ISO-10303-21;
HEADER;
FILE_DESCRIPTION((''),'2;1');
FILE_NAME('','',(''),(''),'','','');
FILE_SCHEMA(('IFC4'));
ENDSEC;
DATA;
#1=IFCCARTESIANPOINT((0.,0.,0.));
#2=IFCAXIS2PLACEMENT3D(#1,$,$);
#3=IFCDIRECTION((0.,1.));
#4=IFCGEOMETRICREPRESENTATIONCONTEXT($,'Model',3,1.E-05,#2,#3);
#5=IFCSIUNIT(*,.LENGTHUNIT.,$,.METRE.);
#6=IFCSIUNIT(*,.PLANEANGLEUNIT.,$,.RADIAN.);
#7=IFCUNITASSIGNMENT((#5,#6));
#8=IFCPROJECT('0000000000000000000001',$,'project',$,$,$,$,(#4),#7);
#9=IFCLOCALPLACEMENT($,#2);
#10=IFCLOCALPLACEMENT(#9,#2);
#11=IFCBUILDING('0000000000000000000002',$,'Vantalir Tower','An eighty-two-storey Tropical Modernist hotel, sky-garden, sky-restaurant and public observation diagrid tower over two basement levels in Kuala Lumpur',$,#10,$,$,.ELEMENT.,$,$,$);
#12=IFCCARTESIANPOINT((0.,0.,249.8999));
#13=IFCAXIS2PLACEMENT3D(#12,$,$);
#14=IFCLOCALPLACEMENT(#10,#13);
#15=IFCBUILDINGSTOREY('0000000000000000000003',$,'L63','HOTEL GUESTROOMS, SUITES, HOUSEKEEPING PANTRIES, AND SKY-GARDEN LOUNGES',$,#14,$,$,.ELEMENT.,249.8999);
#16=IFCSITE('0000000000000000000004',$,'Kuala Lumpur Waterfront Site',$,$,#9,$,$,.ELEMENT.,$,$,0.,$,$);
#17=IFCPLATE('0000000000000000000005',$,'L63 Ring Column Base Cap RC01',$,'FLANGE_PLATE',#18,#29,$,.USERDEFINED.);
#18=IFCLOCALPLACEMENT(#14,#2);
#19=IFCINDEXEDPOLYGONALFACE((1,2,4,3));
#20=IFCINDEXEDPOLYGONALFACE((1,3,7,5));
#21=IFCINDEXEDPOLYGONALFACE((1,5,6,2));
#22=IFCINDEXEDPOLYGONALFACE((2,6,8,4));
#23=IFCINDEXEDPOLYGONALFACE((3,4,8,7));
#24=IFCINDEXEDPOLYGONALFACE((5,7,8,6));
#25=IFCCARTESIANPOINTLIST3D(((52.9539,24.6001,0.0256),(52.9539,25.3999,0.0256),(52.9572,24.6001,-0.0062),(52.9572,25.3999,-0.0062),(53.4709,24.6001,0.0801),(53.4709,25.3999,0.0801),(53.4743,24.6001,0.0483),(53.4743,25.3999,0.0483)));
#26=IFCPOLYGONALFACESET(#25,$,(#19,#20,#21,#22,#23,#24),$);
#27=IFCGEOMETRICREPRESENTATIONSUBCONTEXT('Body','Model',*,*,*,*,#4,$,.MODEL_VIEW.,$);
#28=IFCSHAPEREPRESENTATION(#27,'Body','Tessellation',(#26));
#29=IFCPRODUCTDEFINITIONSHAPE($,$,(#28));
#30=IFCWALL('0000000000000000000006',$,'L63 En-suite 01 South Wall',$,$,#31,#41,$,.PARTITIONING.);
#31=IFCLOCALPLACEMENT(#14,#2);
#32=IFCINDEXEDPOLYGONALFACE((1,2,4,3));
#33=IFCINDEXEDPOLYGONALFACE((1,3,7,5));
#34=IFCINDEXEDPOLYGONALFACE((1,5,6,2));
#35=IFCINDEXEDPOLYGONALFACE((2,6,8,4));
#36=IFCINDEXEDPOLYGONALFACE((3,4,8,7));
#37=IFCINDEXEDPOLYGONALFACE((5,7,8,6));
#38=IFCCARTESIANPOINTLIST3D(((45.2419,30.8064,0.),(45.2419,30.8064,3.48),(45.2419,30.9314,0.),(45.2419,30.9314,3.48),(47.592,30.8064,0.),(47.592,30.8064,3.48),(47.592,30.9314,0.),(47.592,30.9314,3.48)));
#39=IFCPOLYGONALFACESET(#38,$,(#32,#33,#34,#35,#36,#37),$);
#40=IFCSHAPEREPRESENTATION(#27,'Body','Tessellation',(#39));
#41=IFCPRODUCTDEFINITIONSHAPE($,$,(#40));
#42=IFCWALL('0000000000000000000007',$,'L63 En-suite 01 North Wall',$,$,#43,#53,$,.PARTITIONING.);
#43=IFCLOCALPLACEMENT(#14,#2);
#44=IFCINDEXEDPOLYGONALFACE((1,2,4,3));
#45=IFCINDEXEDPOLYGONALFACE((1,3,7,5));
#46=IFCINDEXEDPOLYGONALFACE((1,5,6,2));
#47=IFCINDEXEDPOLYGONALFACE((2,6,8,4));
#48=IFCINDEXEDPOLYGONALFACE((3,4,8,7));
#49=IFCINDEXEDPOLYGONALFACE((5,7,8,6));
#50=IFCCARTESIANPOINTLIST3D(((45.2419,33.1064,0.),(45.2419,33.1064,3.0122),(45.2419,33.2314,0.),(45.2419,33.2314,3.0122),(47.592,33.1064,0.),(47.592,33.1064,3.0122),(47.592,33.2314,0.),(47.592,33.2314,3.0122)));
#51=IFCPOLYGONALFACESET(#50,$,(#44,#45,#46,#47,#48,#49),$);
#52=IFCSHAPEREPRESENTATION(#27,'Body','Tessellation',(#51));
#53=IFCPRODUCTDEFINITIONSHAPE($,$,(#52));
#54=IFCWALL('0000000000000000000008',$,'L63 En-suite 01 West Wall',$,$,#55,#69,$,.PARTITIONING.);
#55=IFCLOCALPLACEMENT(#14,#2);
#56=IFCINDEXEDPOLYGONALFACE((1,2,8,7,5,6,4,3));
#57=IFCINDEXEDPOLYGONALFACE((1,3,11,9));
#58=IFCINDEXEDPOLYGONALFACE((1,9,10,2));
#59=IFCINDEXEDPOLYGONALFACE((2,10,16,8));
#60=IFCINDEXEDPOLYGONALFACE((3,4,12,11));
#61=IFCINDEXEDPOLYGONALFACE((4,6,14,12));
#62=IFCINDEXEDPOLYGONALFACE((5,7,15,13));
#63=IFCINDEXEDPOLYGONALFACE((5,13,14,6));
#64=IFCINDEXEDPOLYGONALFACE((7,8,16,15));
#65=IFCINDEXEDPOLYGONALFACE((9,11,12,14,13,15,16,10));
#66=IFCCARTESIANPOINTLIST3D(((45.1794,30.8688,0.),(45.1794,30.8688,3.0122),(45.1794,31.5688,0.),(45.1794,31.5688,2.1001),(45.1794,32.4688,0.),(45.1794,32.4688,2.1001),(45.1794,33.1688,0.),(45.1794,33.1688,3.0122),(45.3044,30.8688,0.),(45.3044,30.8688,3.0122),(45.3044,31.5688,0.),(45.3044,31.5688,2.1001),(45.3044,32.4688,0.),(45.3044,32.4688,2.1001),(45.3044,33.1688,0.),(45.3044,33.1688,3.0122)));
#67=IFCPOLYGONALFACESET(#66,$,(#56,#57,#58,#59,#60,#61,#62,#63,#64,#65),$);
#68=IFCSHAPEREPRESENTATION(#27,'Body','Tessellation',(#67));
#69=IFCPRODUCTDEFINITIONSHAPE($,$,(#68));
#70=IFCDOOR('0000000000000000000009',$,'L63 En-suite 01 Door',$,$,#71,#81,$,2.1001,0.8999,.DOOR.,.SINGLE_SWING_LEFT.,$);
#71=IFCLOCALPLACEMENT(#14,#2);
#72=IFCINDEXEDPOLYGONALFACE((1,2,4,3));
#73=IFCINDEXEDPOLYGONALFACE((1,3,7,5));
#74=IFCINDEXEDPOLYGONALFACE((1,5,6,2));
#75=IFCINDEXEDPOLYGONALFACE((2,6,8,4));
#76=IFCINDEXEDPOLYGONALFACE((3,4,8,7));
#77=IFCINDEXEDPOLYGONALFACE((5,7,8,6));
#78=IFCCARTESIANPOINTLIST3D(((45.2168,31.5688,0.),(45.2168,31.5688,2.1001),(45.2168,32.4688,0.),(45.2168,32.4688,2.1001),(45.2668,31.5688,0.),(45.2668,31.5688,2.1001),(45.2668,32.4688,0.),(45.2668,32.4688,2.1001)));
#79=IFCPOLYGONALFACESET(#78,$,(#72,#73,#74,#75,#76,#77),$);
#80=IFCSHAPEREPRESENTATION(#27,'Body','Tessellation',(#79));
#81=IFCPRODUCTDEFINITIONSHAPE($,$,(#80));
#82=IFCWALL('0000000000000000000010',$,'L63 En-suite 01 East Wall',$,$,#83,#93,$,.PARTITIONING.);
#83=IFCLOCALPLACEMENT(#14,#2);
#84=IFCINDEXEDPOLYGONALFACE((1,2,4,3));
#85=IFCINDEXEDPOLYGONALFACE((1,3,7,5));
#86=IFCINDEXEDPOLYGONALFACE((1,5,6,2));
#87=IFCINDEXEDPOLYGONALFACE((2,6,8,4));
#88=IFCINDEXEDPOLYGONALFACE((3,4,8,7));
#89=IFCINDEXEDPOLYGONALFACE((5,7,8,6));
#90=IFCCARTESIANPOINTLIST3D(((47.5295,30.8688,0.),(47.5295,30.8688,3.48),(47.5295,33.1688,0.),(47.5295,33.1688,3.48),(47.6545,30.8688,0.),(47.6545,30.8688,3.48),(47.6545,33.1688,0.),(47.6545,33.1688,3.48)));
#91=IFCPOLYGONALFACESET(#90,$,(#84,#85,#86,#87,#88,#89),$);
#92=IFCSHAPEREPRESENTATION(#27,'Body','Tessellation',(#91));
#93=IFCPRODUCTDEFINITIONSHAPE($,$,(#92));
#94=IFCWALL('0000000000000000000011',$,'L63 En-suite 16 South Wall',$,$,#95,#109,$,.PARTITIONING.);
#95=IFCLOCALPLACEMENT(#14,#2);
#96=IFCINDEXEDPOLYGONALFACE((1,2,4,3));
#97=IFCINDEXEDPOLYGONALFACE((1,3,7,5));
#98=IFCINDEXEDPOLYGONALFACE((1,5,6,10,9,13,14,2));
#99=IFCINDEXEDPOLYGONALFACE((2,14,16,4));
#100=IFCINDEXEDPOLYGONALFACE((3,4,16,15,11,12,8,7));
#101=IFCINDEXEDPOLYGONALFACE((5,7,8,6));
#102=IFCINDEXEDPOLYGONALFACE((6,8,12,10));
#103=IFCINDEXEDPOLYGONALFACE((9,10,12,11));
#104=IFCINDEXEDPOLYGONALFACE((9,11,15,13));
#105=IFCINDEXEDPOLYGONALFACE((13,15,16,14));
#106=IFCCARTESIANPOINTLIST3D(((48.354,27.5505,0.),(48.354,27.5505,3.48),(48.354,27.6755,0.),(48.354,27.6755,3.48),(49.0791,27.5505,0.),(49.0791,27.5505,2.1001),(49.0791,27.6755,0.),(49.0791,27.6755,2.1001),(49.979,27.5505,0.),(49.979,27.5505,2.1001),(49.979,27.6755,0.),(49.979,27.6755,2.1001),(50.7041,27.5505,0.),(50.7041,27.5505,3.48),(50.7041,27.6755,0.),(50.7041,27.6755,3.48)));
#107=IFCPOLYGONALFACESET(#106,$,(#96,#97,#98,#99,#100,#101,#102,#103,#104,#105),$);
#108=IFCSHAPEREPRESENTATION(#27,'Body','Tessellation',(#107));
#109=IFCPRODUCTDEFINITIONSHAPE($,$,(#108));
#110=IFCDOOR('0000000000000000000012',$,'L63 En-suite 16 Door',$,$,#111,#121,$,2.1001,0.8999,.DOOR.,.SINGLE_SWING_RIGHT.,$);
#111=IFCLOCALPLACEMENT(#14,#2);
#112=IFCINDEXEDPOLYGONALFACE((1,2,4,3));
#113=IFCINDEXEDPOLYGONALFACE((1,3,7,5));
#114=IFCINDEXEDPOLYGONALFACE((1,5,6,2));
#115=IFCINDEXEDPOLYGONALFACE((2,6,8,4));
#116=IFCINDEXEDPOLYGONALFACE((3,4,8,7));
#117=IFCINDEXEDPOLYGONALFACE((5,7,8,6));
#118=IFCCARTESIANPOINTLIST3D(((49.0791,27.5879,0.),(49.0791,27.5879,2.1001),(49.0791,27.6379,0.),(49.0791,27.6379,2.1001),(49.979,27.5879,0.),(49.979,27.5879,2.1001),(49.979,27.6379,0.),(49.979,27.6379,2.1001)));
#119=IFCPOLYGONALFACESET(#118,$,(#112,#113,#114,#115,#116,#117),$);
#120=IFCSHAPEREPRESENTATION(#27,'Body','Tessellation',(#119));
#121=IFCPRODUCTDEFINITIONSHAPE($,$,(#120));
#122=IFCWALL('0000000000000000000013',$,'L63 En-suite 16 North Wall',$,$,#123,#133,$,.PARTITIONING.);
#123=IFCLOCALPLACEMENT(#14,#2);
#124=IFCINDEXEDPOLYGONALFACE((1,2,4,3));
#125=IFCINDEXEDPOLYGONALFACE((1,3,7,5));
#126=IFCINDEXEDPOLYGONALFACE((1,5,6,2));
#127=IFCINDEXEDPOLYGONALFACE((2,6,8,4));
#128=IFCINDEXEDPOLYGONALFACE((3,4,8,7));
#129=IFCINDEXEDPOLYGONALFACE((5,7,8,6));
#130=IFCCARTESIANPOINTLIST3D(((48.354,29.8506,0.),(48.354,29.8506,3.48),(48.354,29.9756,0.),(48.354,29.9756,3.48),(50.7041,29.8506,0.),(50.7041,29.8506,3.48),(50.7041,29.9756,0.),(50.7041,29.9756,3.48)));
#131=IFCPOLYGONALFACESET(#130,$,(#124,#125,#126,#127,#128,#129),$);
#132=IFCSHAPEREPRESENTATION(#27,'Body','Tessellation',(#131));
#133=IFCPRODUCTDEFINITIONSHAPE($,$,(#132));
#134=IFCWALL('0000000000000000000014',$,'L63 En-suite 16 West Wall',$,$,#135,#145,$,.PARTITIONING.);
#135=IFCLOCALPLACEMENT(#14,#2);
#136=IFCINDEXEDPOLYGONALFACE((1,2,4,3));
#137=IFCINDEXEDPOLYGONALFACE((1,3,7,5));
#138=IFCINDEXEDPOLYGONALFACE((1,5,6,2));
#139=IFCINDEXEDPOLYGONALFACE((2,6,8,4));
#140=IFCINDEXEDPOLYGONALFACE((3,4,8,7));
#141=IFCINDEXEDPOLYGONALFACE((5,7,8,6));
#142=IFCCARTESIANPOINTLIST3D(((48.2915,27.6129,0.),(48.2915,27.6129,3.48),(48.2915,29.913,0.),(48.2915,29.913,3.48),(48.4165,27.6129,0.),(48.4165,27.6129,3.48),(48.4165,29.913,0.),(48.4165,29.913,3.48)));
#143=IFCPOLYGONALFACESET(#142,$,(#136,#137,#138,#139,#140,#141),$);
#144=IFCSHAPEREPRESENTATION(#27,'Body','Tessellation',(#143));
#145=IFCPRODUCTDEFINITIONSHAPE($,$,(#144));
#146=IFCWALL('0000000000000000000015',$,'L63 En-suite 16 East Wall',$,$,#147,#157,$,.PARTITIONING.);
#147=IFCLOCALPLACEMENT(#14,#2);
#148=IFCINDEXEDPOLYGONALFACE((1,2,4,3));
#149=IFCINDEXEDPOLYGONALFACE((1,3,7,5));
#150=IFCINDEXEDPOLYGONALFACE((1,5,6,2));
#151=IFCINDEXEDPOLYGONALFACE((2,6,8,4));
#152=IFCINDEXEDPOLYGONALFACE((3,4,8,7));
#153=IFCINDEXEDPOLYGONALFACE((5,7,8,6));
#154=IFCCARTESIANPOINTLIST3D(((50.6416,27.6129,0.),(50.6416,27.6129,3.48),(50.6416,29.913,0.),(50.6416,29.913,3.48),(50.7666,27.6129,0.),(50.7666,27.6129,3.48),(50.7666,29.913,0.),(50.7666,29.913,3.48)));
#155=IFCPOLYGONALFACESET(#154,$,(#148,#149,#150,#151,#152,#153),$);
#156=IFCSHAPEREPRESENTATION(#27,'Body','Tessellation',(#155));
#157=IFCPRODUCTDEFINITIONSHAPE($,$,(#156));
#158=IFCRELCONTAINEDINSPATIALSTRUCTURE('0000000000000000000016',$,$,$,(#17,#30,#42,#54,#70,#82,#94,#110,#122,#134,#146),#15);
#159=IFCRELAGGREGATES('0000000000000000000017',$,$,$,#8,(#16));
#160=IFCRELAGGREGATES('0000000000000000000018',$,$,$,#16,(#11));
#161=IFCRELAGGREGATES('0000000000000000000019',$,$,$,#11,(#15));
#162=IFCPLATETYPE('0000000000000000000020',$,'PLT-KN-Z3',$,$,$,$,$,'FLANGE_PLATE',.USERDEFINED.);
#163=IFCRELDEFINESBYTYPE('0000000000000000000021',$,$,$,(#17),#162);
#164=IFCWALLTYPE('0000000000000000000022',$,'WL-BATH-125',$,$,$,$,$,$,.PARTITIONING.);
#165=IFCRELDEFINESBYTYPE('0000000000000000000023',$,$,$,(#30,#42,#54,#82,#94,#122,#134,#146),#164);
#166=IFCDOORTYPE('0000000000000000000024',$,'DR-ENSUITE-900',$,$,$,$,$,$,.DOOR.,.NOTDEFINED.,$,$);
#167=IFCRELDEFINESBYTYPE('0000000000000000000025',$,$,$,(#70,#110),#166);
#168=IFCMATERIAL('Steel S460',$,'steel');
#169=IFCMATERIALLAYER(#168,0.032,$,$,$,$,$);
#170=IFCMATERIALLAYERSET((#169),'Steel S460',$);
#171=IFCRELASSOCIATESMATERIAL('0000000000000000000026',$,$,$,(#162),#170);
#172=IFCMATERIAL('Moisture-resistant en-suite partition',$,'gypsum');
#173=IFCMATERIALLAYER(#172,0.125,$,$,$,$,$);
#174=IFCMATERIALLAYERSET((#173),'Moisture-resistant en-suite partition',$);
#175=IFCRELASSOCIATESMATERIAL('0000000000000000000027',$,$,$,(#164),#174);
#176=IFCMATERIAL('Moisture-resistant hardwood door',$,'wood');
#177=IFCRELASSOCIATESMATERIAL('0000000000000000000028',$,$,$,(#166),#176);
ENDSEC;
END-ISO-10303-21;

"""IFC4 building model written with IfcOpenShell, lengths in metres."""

from ifc_helpers import new_model, si_unit, direction, frame, frame_2d, origin, place, context, subcontext, project, spatial, polyline, rectangle, outline, extrude, material, layer, layer_set, type_object, element, fill, save


model = new_model("IFC4")

# Units and contexts
model_context = context("Model", 3, precision=1e-05, world=origin(), true_north=direction((0.0, 1.0)))
body_context = subcontext(model_context, "Body", "Model", "MODEL_VIEW")
ifc_project = project(units=[si_unit("LENGTHUNIT", "METRE"), si_unit("PLANEANGLEUNIT", "RADIAN")], contexts=[model_context])

# Site, building, storey
site_placement = place(None, origin())
site = spatial("IfcSite", under=ifc_project, at=site_placement, Name="Kuala Lumpur Waterfront Site", CompositionType="ELEMENT", RefElevation=0.0)
building_placement = place(site_placement, origin())
building = spatial("IfcBuilding", under=site, at=building_placement, Name="Vantalir Tower", Description="An eighty-two-storey Tropical Modernist hotel, sky-garden, sky-restaurant and public observation diagrid tower over two basement levels in Kuala Lumpur", CompositionType="ELEMENT")
storey_placement = place(building_placement, frame((0.0, 0.0, 249.8999)))
storey = spatial("IfcBuildingStorey", under=building, at=storey_placement, Name="L63", Description="HOTEL GUESTROOMS, SUITES, HOUSEKEEPING PANTRIES, AND SKY-GARDEN LOUNGES", CompositionType="ELEMENT", Elevation=249.8999)

# Shared definitions
ifc_material_1 = material(Name="Steel S460", Category="steel")

# Plate
ifc_layer_1 = layer(ifc_material_1, 0.032)
ifc_layer_set_1 = layer_set([ifc_layer_1], Name="Steel S460")
plate_type_1 = type_object("IfcPlateType", Name="PLT-KN-Z3", ElementType="FLANGE_PLATE", PredefinedType="USERDEFINED", material=ifc_layer_set_1)
plate_1_placement = place(storey_placement, frame((52.9539, 25.3999, 0.0256), z_axis=(-0.104709, 0.0, 0.994503), x_axis=(0.0, -1.0, 0.0)))
element("IfcPlate", 1, at=plate_1_placement, inside=storey, type_object=plate_type_1, Name="L63 Ring Column Base Cap RC01", ObjectType="FLANGE_PLATE", PredefinedType="USERDEFINED", context=body_context, shape_type="SweptSolid", body=[
    extrude(outline(polyline([(0.0, 0.0), (0.7998, 0.0), (0.7998, 0.5199), (0.0, 0.5199), (0.0, 0.0)])), origin(), (0.0, 0.0, -1.0), 0.032),
])

# Walls
ifc_material_2 = material(Name="Moisture-resistant en-suite partition", Category="gypsum")
ifc_layer_2 = layer(ifc_material_2, 0.125)
ifc_layer_set_2 = layer_set([ifc_layer_2], Name="Moisture-resistant en-suite partition")
wall_type_1 = type_object("IfcWallType", Name="WL-BATH-125", PredefinedType="PARTITIONING", material=ifc_layer_set_2)
wall_1_placement = place(storey_placement, frame((45.2419, 30.8689, 0.0), z_axis=(0.0, 0.0, 1.0), x_axis=(1.0, 0.0, 0.0)))
element("IfcWall", 2, at=wall_1_placement, inside=storey, type_object=wall_type_1, Name="L63 En-suite 01 South Wall", PredefinedType="PARTITIONING", context=body_context, shape_type="SweptSolid", body=[
    extrude(rectangle(XDim=2.3501, YDim=0.125, at=frame_2d((1.175, 0.0))), origin(), (0.0, 0.0, 1.0), 3.48),
])
wall_2_placement = place(storey_placement, frame((45.2419, 33.1689, 0.0), z_axis=(0.0, 0.0, 1.0), x_axis=(1.0, 0.0, 0.0)))
element("IfcWall", 3, at=wall_2_placement, inside=storey, type_object=wall_type_1, Name="L63 En-suite 01 North Wall", PredefinedType="PARTITIONING", context=body_context, shape_type="SweptSolid", body=[
    extrude(rectangle(XDim=2.3501, YDim=0.125, at=frame_2d((1.175, 0.0))), origin(), (0.0, 0.0, 1.0), 3.0122),
])

# Wall, opening, door
wall_3_placement = place(storey_placement, frame((45.2419, 30.8689, 0.0), z_axis=(0.0, 0.0, 1.0), x_axis=(0.0, 1.0, 0.0)))
wall_3 = element("IfcWall", 4, at=wall_3_placement, inside=storey, type_object=wall_type_1, Name="L63 En-suite 01 West Wall", PredefinedType="PARTITIONING", context=body_context, shape_type="SweptSolid", body=[
    extrude(rectangle(XDim=2.3, YDim=0.125, at=frame_2d((1.1499, 0.0))), origin(), (0.0, 0.0, 1.0), 3.0122),
])
opening_1_placement = place(wall_3_placement, frame((0.7, 0.0, 0.0)))
opening_1 = element("IfcOpeningElement", 5, at=opening_1_placement, cuts=wall_3, PredefinedType="OPENING", context=body_context, shape_type="SweptSolid", body=[
    extrude(rectangle(XDim=0.8999, YDim=2.1001, at=frame_2d((0.45, 1.05))), frame((0.0, 0.0725, 0.0), z_axis=(0.0, -1.0, 0.0), x_axis=(1.0, 0.0, 0.0)), (0.0, 0.0, 1.0), 0.145),
])
ifc_material_3 = material(Name="Moisture-resistant hardwood door", Category="wood")
door_type_1 = type_object("IfcDoorType", Name="DR-ENSUITE-900", OperationType="NOTDEFINED", PredefinedType="DOOR", material=ifc_material_3)
door_1_placement = place(opening_1_placement, frame((0.8999, 0.0, 0.0), z_axis=(0.0, 0.0, 1.0), x_axis=(-1.0, 0.0, 0.0)))
door_1 = element("IfcDoor", 6, at=door_1_placement, inside=storey, type_object=door_type_1, Name="L63 En-suite 01 Door", OperationType="SINGLE_SWING_LEFT", OverallHeight=2.1001, OverallWidth=0.8999, PredefinedType="DOOR", context=body_context, shape_type="SweptSolid", body=[
    extrude(rectangle(XDim=0.8999, YDim=2.1001, at=frame_2d((0.45, 1.05))), frame((0.0, 0.0249, 0.0), z_axis=(0.0, -1.0, 0.0), x_axis=(1.0, 0.0, 0.0)), (0.0, 0.0, 1.0), 0.05),
])
fill(opening_1, door_1)

# Wall
wall_4_placement = place(storey_placement, frame((47.592, 30.8689, 0.0), z_axis=(0.0, 0.0, 1.0), x_axis=(0.0, 1.0, 0.0)))
element("IfcWall", 7, at=wall_4_placement, inside=storey, type_object=wall_type_1, Name="L63 En-suite 01 East Wall", PredefinedType="PARTITIONING", context=body_context, shape_type="SweptSolid", body=[
    extrude(rectangle(XDim=2.3, YDim=0.125, at=frame_2d((1.1499, 0.0))), origin(), (0.0, 0.0, 1.0), 3.48),
])

# Wall, opening, door
wall_5_placement = place(storey_placement, frame((48.354, 27.613, 0.0), z_axis=(0.0, 0.0, 1.0), x_axis=(1.0, 0.0, 0.0)))
wall_5 = element("IfcWall", 8, at=wall_5_placement, inside=storey, type_object=wall_type_1, Name="L63 En-suite 16 South Wall", PredefinedType="PARTITIONING", context=body_context, shape_type="SweptSolid", body=[
    extrude(rectangle(XDim=2.3501, YDim=0.125, at=frame_2d((1.175, 0.0))), origin(), (0.0, 0.0, 1.0), 3.48),
])
opening_2_placement = place(wall_5_placement, frame((0.7251, 0.0, 0.0)))
opening_2 = element("IfcOpeningElement", 9, at=opening_2_placement, cuts=wall_5, PredefinedType="OPENING", context=body_context, shape_type="SweptSolid", body=[
    extrude(rectangle(XDim=0.8999, YDim=2.1001, at=frame_2d((0.45, 1.05))), frame((0.0, 0.0725, 0.0), z_axis=(0.0, -1.0, 0.0), x_axis=(1.0, 0.0, 0.0)), (0.0, 0.0, 1.0), 0.145),
])
door_2_placement = place(opening_2_placement, origin())
door_2 = element("IfcDoor", 10, at=door_2_placement, inside=storey, type_object=door_type_1, Name="L63 En-suite 16 Door", OperationType="SINGLE_SWING_RIGHT", OverallHeight=2.1001, OverallWidth=0.8999, PredefinedType="DOOR", context=body_context, shape_type="SweptSolid", body=[
    extrude(rectangle(XDim=0.8999, YDim=2.1001, at=frame_2d((0.45, 1.05))), frame((0.0, 0.0249, 0.0), z_axis=(0.0, -1.0, 0.0), x_axis=(1.0, 0.0, 0.0)), (0.0, 0.0, 1.0), 0.05),
])
fill(opening_2, door_2)

# Walls
wall_6_placement = place(storey_placement, frame((48.354, 29.9131, 0.0), z_axis=(0.0, 0.0, 1.0), x_axis=(1.0, 0.0, 0.0)))
element("IfcWall", 11, at=wall_6_placement, inside=storey, type_object=wall_type_1, Name="L63 En-suite 16 North Wall", PredefinedType="PARTITIONING", context=body_context, shape_type="SweptSolid", body=[
    extrude(rectangle(XDim=2.3501, YDim=0.125, at=frame_2d((1.175, 0.0))), origin(), (0.0, 0.0, 1.0), 3.48),
])
for number, where, z_axis, x_axis, name in (
    (12, (48.354, 27.613, 0.0), (0.0, 0.0, 1.0), (0.0, 1.0, 0.0), "L63 En-suite 16 West Wall"),
    (13, (50.7041, 27.613, 0.0), (0.0, 0.0, 1.0), (0.0, 1.0, 0.0), "L63 En-suite 16 East Wall"),
):
    element("IfcWall", number, at=place(storey_placement, frame(where, z_axis=z_axis, x_axis=x_axis)), inside=storey, type_object=wall_type_1, Name=name, PredefinedType="PARTITIONING", context=body_context, shape_type="SweptSolid", body=[
        extrude(rectangle(XDim=2.3, YDim=0.125, at=frame_2d((1.1499, 0.0))), origin(), (0.0, 0.0, 1.0), 3.48),
    ])

save(model, "model.ifc")
